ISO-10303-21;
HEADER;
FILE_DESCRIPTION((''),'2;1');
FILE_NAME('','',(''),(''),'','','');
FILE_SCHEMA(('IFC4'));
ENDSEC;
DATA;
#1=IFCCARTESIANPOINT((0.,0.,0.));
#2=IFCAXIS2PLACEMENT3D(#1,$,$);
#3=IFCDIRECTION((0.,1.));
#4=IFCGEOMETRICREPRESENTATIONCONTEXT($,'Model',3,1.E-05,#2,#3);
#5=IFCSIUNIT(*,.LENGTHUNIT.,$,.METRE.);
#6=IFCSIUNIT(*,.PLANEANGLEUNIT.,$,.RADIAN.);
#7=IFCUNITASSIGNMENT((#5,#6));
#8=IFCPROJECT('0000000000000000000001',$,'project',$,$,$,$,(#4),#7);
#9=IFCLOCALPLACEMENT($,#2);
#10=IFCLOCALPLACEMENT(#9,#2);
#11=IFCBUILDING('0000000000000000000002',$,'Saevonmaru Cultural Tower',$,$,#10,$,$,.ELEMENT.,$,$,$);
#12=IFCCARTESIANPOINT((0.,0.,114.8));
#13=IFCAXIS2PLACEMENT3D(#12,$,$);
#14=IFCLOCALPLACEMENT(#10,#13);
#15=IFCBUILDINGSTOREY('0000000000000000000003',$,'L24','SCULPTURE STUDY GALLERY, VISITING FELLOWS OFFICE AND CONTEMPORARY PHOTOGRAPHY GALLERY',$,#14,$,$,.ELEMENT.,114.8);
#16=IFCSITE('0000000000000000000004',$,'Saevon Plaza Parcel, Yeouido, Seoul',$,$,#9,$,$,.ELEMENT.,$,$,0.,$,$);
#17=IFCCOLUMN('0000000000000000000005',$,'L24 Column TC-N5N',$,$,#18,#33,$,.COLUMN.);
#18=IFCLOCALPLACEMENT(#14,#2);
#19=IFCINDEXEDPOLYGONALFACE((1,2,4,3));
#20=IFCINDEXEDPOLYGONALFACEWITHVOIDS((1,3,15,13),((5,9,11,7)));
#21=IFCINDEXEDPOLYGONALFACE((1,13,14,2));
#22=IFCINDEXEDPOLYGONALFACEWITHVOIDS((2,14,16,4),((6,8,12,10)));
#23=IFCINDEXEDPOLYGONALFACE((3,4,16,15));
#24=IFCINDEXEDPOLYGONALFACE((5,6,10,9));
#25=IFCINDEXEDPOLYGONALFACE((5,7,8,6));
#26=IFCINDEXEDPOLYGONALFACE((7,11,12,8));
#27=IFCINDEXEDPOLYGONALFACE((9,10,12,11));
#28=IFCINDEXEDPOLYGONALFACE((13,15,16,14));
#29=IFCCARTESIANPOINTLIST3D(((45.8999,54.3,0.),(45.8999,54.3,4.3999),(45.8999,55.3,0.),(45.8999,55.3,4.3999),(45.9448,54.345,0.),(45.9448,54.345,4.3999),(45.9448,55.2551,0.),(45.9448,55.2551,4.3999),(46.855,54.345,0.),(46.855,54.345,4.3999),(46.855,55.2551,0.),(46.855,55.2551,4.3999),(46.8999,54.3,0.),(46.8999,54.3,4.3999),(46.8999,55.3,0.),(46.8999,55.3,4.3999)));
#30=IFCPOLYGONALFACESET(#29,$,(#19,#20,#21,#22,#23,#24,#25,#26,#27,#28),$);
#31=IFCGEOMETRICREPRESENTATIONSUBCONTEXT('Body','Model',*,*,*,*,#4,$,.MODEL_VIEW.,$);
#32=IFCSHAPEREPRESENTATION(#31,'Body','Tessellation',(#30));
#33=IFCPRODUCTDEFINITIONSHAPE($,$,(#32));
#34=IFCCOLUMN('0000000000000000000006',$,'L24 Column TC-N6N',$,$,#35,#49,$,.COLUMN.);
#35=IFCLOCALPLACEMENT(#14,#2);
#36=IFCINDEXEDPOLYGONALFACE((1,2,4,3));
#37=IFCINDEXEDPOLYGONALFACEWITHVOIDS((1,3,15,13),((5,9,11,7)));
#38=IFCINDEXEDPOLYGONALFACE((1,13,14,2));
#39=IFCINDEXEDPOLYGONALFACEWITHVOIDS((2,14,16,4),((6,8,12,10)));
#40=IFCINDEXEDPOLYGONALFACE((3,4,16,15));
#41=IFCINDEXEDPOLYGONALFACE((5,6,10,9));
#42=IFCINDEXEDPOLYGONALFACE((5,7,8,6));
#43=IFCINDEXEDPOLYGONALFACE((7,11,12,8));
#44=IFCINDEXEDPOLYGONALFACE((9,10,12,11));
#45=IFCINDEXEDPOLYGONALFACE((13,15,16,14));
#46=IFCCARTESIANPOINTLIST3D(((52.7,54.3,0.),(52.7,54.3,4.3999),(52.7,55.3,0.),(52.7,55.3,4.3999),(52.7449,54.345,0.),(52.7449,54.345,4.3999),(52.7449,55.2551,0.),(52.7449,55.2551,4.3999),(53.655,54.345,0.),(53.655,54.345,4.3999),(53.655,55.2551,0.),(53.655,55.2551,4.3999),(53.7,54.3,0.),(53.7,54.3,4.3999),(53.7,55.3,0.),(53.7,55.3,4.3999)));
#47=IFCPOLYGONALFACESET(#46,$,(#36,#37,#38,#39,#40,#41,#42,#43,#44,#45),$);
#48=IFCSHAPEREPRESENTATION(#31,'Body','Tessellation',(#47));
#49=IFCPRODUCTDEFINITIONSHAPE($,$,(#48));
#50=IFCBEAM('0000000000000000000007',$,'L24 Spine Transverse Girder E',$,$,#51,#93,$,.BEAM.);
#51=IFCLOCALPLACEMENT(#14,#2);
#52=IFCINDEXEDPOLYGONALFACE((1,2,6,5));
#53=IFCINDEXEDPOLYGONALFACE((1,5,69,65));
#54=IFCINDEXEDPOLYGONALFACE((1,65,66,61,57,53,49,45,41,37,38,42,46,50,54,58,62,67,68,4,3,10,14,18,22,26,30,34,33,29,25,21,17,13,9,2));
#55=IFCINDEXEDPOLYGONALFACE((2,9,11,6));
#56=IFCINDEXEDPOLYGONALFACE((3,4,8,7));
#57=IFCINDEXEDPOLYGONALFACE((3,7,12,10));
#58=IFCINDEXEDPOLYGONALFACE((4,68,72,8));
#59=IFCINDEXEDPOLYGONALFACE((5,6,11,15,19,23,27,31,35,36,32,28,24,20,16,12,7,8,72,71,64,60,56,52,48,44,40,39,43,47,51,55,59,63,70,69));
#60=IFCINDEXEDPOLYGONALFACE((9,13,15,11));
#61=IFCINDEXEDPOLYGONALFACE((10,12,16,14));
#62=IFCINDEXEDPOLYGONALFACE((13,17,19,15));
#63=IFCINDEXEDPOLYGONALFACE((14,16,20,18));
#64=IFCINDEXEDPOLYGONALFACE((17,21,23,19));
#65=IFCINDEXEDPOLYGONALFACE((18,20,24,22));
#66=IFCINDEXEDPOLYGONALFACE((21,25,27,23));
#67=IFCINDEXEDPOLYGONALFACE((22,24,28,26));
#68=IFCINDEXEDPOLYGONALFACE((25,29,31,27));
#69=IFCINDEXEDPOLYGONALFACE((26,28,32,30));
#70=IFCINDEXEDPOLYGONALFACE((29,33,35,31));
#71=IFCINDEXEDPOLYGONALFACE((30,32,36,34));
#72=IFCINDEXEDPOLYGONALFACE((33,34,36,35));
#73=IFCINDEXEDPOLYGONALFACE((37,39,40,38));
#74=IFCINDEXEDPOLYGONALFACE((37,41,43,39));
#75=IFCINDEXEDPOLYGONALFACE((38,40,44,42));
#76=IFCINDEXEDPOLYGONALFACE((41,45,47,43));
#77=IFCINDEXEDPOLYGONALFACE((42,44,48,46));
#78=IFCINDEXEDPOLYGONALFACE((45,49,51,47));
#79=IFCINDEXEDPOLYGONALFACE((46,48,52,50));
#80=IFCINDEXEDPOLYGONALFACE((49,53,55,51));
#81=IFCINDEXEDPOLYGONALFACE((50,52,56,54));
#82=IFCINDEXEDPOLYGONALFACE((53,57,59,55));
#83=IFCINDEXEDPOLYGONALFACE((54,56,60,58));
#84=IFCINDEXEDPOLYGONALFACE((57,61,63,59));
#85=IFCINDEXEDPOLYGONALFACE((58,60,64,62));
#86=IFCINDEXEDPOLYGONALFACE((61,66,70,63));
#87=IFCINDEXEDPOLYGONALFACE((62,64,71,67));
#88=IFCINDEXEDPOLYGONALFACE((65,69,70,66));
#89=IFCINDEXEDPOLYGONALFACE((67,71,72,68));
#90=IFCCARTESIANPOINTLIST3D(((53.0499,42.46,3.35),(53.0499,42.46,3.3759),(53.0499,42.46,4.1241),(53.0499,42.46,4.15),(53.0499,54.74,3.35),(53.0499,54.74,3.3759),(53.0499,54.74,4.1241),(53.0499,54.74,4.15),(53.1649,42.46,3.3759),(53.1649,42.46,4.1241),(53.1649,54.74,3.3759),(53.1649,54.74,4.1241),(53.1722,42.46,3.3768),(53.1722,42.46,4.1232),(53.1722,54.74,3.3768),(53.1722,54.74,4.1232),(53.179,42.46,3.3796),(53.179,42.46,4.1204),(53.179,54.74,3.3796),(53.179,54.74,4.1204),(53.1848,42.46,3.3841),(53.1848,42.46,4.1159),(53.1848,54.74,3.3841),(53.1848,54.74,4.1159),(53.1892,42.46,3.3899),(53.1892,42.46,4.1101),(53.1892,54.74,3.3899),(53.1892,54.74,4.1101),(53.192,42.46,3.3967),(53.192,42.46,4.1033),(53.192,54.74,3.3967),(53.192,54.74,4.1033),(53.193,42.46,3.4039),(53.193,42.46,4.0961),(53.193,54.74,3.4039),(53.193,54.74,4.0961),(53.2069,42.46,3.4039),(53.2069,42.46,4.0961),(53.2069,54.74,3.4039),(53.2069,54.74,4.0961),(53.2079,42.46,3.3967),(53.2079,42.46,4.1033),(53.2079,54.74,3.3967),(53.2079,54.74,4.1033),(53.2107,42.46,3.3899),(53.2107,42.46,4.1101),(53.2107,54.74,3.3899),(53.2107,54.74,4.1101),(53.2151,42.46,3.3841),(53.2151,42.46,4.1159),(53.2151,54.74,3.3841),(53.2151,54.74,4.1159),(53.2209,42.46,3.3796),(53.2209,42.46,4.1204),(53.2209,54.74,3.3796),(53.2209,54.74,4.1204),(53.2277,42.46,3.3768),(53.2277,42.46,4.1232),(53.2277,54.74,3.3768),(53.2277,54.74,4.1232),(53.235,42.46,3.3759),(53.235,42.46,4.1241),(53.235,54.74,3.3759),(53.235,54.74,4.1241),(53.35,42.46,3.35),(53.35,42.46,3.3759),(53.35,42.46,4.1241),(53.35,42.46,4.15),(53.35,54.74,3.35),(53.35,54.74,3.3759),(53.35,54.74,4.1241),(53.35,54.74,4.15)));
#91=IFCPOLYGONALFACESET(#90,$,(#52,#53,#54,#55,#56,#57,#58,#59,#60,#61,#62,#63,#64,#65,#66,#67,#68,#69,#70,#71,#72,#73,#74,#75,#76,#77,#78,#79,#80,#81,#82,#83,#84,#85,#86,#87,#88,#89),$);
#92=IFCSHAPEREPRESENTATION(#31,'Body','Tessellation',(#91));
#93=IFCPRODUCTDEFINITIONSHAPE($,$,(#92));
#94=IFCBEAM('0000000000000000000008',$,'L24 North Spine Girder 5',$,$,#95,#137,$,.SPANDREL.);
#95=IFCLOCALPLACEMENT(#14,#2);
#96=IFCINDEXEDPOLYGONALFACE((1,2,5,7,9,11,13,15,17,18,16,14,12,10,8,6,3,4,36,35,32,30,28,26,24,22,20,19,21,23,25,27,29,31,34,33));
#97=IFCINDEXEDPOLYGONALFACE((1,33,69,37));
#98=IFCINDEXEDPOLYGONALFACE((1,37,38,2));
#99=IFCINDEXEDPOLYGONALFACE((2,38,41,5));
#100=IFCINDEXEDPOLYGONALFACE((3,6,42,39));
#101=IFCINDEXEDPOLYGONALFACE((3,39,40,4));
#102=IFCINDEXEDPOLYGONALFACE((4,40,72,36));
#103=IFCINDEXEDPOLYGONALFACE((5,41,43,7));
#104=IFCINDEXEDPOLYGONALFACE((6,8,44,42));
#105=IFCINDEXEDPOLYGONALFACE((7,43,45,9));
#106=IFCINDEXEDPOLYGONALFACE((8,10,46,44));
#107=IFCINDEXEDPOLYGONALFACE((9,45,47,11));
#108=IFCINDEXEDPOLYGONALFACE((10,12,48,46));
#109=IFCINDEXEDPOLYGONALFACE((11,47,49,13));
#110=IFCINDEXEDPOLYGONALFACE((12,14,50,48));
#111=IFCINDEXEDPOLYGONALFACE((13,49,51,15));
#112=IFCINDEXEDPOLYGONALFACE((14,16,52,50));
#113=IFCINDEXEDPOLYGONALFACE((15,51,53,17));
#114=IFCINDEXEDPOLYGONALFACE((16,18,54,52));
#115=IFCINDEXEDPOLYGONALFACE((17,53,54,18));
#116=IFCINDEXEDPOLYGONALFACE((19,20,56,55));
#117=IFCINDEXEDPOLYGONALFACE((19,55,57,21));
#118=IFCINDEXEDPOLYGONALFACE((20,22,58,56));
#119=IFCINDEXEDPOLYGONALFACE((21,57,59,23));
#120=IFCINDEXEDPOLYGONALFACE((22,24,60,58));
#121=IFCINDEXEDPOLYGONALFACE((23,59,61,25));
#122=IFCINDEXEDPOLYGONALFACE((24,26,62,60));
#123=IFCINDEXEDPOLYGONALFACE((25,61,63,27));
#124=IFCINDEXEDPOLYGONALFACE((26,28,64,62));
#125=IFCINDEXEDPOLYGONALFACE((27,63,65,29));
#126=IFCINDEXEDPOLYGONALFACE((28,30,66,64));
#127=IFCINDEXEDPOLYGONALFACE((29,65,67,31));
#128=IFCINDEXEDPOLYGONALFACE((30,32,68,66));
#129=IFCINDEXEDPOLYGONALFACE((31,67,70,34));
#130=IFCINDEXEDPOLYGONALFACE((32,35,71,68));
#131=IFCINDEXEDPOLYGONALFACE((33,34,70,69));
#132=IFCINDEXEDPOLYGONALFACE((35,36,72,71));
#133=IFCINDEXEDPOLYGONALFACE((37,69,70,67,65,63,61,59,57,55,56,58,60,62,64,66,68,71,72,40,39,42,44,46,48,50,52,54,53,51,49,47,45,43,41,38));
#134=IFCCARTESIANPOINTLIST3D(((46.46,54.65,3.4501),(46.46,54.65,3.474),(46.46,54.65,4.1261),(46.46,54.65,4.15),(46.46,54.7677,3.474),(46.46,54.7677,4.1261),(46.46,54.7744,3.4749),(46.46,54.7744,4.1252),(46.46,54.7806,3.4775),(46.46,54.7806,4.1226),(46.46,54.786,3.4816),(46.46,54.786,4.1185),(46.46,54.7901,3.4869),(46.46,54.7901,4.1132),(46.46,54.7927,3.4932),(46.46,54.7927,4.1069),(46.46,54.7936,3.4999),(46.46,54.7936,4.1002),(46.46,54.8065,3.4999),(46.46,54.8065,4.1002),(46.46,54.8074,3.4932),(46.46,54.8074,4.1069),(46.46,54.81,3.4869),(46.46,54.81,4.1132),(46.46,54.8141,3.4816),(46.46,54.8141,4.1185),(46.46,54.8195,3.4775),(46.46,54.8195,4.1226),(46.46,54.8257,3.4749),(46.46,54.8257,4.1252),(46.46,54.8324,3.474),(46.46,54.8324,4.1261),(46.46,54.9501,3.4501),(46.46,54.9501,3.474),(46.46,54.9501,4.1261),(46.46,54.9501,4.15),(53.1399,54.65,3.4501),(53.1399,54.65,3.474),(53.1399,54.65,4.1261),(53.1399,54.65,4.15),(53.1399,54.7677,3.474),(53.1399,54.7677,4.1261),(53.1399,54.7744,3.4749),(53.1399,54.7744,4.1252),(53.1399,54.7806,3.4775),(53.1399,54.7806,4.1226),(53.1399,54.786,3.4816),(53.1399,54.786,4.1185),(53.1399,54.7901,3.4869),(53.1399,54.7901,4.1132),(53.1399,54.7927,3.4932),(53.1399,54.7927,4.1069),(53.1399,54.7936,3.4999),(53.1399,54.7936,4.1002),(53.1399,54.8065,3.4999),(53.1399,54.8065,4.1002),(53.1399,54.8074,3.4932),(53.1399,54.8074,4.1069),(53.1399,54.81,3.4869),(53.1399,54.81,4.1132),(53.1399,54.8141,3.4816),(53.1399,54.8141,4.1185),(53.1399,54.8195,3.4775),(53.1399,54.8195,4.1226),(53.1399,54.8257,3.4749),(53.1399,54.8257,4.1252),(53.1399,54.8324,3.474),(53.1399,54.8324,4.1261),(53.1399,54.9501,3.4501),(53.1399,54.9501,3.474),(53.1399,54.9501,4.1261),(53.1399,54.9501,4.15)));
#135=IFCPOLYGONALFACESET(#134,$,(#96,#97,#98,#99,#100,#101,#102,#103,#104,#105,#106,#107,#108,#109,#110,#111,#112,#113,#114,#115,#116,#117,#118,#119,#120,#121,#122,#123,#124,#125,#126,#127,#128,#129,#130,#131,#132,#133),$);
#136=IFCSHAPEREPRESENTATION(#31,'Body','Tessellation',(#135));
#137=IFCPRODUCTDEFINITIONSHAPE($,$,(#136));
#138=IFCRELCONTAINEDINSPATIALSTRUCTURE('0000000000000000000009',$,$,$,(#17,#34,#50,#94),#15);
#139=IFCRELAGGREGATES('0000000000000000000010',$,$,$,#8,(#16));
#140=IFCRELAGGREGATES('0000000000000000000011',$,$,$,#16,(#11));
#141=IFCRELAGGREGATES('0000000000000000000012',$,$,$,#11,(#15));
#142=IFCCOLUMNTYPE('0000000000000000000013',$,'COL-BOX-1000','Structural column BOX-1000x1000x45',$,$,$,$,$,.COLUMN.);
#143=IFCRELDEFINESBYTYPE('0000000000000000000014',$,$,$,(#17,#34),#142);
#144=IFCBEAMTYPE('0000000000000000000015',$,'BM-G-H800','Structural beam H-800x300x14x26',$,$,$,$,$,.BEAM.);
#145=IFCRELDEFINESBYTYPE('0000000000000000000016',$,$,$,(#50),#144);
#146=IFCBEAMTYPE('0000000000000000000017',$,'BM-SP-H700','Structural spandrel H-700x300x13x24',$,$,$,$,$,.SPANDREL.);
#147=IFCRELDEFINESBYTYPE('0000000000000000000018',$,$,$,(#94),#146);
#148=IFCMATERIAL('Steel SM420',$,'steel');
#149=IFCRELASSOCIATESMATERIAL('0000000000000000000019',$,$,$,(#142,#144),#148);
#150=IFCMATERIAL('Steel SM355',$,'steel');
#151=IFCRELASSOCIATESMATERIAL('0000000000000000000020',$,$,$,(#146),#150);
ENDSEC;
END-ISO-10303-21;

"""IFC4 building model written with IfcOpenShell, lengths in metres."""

from ifc_helpers import new_model, si_unit, direction, frame, origin, origin_2d, place, context, subcontext, project, spatial, hollow_rectangle, i_section, extrude, material, material_profile, profile_set, type_object, element, save


model = new_model("IFC4")

# Units and contexts
model_context = context("Model", 3, precision=1e-05, world=origin(), true_north=direction((0.0, 1.0)))
body_context = subcontext(model_context, "Body", "Model", "MODEL_VIEW")
ifc_project = project(units=[si_unit("LENGTHUNIT", "METRE"), si_unit("PLANEANGLEUNIT", "RADIAN")], contexts=[model_context])

# Site, building, storey
site_placement = place(None, origin())
site = spatial("IfcSite", under=ifc_project, at=site_placement, Name="Saevon Plaza Parcel, Yeouido, Seoul", CompositionType="ELEMENT", RefElevation=0.0)
building_placement = place(site_placement, origin())
building = spatial("IfcBuilding", under=site, at=building_placement, Name="Saevonmaru Cultural Tower", CompositionType="ELEMENT")
storey_placement = place(building_placement, frame((0.0, 0.0, 114.8)))
storey = spatial("IfcBuildingStorey", under=building, at=storey_placement, Name="L24", Description="SCULPTURE STUDY GALLERY, VISITING FELLOWS OFFICE AND CONTEMPORARY PHOTOGRAPHY GALLERY", CompositionType="ELEMENT", Elevation=114.8)

# Columns
ifc_material_1 = material(Name="Steel SM420", Category="steel")
ifc_material_profile_1 = material_profile(ifc_material_1, hollow_rectangle(XDim=1.0, YDim=1.0, WallThickness=0.0449, at=origin_2d()), Name="BOX-1000x1000x45")
ifc_profile_set_1 = profile_set([ifc_material_profile_1], Name="Steel SM420")
column_type = type_object("IfcColumnType", Name="COL-BOX-1000", Description="Structural column BOX-1000x1000x45", PredefinedType="COLUMN", material=ifc_profile_set_1)
for number, where, z_axis, x_axis, name in (
    (1, (46.3999, 54.8, 0.0), (0.0, 0.0, 1.0), (1.0, 0.0, 0.0), "L24 Column TC-N5N"),
    (2, (53.2, 54.8, 0.0), (0.0, 0.0, 1.0), (1.0, 0.0, 0.0), "L24 Column TC-N6N"),
):
    element("IfcColumn", number, at=place(storey_placement, frame(where, z_axis=z_axis, x_axis=x_axis)), inside=storey, type_object=column_type, Name=name, PredefinedType="COLUMN", context=body_context, shape_type="SweptSolid", body=[
        extrude(hollow_rectangle(XDim=1.0, YDim=1.0, WallThickness=0.0449, at=origin_2d()), origin(), (0.0, 0.0, 1.0), 4.3999),
    ])

# Beams
ifc_material_profile_2 = material_profile(ifc_material_1, i_section(OverallWidth=0.3, OverallDepth=0.8, WebThickness=0.0139, FlangeThickness=0.0259, FilletRadius=0.0281, at=origin_2d()), Name="H-800x300x14x26")
ifc_profile_set_2 = profile_set([ifc_material_profile_2], Name="Steel SM420")
beam_type_1 = type_object("IfcBeamType", Name="BM-G-H800", Description="Structural beam H-800x300x14x26", PredefinedType="BEAM", material=ifc_profile_set_2)
beam_1_placement = place(storey_placement, frame((53.2, 54.74, 3.75), z_axis=(0.0, -1.0, 0.0), x_axis=(1.0, 0.0, 0.0)))
element("IfcBeam", 3, at=beam_1_placement, inside=storey, type_object=beam_type_1, Name="L24 Spine Transverse Girder E", PredefinedType="BEAM", context=body_context, shape_type="SweptSolid", body=[
    extrude(i_section(OverallWidth=0.3, OverallDepth=0.8, WebThickness=0.0139, FlangeThickness=0.0259, FilletRadius=0.0281, at=origin_2d()), origin(), (0.0, 0.0, 1.0), 12.28),
])
ifc_material_2 = material(Name="Steel SM355", Category="steel")
ifc_material_profile_3 = material_profile(ifc_material_2, i_section(OverallWidth=0.3, OverallDepth=0.7, WebThickness=0.0129, FlangeThickness=0.0239, FilletRadius=0.0259, at=origin_2d()), Name="H-700x300x13x24")
ifc_profile_set_3 = profile_set([ifc_material_profile_3], Name="Steel SM355")
beam_type_2 = type_object("IfcBeamType", Name="BM-SP-H700", Description="Structural spandrel H-700x300x13x24", PredefinedType="SPANDREL", material=ifc_profile_set_3)
beam_2_placement = place(storey_placement, frame((46.46, 54.8, 3.8), z_axis=(1.0, 0.0, 0.0), x_axis=(0.0, 1.0, 0.0)))
element("IfcBeam", 4, at=beam_2_placement, inside=storey, type_object=beam_type_2, Name="L24 North Spine Girder 5", PredefinedType="SPANDREL", context=body_context, shape_type="SweptSolid", body=[
    extrude(i_section(OverallWidth=0.3, OverallDepth=0.7, WebThickness=0.0129, FlangeThickness=0.0239, FilletRadius=0.0259, at=origin_2d()), origin(), (0.0, 0.0, 1.0), 6.6799),
])

save(model, "model.ifc")
